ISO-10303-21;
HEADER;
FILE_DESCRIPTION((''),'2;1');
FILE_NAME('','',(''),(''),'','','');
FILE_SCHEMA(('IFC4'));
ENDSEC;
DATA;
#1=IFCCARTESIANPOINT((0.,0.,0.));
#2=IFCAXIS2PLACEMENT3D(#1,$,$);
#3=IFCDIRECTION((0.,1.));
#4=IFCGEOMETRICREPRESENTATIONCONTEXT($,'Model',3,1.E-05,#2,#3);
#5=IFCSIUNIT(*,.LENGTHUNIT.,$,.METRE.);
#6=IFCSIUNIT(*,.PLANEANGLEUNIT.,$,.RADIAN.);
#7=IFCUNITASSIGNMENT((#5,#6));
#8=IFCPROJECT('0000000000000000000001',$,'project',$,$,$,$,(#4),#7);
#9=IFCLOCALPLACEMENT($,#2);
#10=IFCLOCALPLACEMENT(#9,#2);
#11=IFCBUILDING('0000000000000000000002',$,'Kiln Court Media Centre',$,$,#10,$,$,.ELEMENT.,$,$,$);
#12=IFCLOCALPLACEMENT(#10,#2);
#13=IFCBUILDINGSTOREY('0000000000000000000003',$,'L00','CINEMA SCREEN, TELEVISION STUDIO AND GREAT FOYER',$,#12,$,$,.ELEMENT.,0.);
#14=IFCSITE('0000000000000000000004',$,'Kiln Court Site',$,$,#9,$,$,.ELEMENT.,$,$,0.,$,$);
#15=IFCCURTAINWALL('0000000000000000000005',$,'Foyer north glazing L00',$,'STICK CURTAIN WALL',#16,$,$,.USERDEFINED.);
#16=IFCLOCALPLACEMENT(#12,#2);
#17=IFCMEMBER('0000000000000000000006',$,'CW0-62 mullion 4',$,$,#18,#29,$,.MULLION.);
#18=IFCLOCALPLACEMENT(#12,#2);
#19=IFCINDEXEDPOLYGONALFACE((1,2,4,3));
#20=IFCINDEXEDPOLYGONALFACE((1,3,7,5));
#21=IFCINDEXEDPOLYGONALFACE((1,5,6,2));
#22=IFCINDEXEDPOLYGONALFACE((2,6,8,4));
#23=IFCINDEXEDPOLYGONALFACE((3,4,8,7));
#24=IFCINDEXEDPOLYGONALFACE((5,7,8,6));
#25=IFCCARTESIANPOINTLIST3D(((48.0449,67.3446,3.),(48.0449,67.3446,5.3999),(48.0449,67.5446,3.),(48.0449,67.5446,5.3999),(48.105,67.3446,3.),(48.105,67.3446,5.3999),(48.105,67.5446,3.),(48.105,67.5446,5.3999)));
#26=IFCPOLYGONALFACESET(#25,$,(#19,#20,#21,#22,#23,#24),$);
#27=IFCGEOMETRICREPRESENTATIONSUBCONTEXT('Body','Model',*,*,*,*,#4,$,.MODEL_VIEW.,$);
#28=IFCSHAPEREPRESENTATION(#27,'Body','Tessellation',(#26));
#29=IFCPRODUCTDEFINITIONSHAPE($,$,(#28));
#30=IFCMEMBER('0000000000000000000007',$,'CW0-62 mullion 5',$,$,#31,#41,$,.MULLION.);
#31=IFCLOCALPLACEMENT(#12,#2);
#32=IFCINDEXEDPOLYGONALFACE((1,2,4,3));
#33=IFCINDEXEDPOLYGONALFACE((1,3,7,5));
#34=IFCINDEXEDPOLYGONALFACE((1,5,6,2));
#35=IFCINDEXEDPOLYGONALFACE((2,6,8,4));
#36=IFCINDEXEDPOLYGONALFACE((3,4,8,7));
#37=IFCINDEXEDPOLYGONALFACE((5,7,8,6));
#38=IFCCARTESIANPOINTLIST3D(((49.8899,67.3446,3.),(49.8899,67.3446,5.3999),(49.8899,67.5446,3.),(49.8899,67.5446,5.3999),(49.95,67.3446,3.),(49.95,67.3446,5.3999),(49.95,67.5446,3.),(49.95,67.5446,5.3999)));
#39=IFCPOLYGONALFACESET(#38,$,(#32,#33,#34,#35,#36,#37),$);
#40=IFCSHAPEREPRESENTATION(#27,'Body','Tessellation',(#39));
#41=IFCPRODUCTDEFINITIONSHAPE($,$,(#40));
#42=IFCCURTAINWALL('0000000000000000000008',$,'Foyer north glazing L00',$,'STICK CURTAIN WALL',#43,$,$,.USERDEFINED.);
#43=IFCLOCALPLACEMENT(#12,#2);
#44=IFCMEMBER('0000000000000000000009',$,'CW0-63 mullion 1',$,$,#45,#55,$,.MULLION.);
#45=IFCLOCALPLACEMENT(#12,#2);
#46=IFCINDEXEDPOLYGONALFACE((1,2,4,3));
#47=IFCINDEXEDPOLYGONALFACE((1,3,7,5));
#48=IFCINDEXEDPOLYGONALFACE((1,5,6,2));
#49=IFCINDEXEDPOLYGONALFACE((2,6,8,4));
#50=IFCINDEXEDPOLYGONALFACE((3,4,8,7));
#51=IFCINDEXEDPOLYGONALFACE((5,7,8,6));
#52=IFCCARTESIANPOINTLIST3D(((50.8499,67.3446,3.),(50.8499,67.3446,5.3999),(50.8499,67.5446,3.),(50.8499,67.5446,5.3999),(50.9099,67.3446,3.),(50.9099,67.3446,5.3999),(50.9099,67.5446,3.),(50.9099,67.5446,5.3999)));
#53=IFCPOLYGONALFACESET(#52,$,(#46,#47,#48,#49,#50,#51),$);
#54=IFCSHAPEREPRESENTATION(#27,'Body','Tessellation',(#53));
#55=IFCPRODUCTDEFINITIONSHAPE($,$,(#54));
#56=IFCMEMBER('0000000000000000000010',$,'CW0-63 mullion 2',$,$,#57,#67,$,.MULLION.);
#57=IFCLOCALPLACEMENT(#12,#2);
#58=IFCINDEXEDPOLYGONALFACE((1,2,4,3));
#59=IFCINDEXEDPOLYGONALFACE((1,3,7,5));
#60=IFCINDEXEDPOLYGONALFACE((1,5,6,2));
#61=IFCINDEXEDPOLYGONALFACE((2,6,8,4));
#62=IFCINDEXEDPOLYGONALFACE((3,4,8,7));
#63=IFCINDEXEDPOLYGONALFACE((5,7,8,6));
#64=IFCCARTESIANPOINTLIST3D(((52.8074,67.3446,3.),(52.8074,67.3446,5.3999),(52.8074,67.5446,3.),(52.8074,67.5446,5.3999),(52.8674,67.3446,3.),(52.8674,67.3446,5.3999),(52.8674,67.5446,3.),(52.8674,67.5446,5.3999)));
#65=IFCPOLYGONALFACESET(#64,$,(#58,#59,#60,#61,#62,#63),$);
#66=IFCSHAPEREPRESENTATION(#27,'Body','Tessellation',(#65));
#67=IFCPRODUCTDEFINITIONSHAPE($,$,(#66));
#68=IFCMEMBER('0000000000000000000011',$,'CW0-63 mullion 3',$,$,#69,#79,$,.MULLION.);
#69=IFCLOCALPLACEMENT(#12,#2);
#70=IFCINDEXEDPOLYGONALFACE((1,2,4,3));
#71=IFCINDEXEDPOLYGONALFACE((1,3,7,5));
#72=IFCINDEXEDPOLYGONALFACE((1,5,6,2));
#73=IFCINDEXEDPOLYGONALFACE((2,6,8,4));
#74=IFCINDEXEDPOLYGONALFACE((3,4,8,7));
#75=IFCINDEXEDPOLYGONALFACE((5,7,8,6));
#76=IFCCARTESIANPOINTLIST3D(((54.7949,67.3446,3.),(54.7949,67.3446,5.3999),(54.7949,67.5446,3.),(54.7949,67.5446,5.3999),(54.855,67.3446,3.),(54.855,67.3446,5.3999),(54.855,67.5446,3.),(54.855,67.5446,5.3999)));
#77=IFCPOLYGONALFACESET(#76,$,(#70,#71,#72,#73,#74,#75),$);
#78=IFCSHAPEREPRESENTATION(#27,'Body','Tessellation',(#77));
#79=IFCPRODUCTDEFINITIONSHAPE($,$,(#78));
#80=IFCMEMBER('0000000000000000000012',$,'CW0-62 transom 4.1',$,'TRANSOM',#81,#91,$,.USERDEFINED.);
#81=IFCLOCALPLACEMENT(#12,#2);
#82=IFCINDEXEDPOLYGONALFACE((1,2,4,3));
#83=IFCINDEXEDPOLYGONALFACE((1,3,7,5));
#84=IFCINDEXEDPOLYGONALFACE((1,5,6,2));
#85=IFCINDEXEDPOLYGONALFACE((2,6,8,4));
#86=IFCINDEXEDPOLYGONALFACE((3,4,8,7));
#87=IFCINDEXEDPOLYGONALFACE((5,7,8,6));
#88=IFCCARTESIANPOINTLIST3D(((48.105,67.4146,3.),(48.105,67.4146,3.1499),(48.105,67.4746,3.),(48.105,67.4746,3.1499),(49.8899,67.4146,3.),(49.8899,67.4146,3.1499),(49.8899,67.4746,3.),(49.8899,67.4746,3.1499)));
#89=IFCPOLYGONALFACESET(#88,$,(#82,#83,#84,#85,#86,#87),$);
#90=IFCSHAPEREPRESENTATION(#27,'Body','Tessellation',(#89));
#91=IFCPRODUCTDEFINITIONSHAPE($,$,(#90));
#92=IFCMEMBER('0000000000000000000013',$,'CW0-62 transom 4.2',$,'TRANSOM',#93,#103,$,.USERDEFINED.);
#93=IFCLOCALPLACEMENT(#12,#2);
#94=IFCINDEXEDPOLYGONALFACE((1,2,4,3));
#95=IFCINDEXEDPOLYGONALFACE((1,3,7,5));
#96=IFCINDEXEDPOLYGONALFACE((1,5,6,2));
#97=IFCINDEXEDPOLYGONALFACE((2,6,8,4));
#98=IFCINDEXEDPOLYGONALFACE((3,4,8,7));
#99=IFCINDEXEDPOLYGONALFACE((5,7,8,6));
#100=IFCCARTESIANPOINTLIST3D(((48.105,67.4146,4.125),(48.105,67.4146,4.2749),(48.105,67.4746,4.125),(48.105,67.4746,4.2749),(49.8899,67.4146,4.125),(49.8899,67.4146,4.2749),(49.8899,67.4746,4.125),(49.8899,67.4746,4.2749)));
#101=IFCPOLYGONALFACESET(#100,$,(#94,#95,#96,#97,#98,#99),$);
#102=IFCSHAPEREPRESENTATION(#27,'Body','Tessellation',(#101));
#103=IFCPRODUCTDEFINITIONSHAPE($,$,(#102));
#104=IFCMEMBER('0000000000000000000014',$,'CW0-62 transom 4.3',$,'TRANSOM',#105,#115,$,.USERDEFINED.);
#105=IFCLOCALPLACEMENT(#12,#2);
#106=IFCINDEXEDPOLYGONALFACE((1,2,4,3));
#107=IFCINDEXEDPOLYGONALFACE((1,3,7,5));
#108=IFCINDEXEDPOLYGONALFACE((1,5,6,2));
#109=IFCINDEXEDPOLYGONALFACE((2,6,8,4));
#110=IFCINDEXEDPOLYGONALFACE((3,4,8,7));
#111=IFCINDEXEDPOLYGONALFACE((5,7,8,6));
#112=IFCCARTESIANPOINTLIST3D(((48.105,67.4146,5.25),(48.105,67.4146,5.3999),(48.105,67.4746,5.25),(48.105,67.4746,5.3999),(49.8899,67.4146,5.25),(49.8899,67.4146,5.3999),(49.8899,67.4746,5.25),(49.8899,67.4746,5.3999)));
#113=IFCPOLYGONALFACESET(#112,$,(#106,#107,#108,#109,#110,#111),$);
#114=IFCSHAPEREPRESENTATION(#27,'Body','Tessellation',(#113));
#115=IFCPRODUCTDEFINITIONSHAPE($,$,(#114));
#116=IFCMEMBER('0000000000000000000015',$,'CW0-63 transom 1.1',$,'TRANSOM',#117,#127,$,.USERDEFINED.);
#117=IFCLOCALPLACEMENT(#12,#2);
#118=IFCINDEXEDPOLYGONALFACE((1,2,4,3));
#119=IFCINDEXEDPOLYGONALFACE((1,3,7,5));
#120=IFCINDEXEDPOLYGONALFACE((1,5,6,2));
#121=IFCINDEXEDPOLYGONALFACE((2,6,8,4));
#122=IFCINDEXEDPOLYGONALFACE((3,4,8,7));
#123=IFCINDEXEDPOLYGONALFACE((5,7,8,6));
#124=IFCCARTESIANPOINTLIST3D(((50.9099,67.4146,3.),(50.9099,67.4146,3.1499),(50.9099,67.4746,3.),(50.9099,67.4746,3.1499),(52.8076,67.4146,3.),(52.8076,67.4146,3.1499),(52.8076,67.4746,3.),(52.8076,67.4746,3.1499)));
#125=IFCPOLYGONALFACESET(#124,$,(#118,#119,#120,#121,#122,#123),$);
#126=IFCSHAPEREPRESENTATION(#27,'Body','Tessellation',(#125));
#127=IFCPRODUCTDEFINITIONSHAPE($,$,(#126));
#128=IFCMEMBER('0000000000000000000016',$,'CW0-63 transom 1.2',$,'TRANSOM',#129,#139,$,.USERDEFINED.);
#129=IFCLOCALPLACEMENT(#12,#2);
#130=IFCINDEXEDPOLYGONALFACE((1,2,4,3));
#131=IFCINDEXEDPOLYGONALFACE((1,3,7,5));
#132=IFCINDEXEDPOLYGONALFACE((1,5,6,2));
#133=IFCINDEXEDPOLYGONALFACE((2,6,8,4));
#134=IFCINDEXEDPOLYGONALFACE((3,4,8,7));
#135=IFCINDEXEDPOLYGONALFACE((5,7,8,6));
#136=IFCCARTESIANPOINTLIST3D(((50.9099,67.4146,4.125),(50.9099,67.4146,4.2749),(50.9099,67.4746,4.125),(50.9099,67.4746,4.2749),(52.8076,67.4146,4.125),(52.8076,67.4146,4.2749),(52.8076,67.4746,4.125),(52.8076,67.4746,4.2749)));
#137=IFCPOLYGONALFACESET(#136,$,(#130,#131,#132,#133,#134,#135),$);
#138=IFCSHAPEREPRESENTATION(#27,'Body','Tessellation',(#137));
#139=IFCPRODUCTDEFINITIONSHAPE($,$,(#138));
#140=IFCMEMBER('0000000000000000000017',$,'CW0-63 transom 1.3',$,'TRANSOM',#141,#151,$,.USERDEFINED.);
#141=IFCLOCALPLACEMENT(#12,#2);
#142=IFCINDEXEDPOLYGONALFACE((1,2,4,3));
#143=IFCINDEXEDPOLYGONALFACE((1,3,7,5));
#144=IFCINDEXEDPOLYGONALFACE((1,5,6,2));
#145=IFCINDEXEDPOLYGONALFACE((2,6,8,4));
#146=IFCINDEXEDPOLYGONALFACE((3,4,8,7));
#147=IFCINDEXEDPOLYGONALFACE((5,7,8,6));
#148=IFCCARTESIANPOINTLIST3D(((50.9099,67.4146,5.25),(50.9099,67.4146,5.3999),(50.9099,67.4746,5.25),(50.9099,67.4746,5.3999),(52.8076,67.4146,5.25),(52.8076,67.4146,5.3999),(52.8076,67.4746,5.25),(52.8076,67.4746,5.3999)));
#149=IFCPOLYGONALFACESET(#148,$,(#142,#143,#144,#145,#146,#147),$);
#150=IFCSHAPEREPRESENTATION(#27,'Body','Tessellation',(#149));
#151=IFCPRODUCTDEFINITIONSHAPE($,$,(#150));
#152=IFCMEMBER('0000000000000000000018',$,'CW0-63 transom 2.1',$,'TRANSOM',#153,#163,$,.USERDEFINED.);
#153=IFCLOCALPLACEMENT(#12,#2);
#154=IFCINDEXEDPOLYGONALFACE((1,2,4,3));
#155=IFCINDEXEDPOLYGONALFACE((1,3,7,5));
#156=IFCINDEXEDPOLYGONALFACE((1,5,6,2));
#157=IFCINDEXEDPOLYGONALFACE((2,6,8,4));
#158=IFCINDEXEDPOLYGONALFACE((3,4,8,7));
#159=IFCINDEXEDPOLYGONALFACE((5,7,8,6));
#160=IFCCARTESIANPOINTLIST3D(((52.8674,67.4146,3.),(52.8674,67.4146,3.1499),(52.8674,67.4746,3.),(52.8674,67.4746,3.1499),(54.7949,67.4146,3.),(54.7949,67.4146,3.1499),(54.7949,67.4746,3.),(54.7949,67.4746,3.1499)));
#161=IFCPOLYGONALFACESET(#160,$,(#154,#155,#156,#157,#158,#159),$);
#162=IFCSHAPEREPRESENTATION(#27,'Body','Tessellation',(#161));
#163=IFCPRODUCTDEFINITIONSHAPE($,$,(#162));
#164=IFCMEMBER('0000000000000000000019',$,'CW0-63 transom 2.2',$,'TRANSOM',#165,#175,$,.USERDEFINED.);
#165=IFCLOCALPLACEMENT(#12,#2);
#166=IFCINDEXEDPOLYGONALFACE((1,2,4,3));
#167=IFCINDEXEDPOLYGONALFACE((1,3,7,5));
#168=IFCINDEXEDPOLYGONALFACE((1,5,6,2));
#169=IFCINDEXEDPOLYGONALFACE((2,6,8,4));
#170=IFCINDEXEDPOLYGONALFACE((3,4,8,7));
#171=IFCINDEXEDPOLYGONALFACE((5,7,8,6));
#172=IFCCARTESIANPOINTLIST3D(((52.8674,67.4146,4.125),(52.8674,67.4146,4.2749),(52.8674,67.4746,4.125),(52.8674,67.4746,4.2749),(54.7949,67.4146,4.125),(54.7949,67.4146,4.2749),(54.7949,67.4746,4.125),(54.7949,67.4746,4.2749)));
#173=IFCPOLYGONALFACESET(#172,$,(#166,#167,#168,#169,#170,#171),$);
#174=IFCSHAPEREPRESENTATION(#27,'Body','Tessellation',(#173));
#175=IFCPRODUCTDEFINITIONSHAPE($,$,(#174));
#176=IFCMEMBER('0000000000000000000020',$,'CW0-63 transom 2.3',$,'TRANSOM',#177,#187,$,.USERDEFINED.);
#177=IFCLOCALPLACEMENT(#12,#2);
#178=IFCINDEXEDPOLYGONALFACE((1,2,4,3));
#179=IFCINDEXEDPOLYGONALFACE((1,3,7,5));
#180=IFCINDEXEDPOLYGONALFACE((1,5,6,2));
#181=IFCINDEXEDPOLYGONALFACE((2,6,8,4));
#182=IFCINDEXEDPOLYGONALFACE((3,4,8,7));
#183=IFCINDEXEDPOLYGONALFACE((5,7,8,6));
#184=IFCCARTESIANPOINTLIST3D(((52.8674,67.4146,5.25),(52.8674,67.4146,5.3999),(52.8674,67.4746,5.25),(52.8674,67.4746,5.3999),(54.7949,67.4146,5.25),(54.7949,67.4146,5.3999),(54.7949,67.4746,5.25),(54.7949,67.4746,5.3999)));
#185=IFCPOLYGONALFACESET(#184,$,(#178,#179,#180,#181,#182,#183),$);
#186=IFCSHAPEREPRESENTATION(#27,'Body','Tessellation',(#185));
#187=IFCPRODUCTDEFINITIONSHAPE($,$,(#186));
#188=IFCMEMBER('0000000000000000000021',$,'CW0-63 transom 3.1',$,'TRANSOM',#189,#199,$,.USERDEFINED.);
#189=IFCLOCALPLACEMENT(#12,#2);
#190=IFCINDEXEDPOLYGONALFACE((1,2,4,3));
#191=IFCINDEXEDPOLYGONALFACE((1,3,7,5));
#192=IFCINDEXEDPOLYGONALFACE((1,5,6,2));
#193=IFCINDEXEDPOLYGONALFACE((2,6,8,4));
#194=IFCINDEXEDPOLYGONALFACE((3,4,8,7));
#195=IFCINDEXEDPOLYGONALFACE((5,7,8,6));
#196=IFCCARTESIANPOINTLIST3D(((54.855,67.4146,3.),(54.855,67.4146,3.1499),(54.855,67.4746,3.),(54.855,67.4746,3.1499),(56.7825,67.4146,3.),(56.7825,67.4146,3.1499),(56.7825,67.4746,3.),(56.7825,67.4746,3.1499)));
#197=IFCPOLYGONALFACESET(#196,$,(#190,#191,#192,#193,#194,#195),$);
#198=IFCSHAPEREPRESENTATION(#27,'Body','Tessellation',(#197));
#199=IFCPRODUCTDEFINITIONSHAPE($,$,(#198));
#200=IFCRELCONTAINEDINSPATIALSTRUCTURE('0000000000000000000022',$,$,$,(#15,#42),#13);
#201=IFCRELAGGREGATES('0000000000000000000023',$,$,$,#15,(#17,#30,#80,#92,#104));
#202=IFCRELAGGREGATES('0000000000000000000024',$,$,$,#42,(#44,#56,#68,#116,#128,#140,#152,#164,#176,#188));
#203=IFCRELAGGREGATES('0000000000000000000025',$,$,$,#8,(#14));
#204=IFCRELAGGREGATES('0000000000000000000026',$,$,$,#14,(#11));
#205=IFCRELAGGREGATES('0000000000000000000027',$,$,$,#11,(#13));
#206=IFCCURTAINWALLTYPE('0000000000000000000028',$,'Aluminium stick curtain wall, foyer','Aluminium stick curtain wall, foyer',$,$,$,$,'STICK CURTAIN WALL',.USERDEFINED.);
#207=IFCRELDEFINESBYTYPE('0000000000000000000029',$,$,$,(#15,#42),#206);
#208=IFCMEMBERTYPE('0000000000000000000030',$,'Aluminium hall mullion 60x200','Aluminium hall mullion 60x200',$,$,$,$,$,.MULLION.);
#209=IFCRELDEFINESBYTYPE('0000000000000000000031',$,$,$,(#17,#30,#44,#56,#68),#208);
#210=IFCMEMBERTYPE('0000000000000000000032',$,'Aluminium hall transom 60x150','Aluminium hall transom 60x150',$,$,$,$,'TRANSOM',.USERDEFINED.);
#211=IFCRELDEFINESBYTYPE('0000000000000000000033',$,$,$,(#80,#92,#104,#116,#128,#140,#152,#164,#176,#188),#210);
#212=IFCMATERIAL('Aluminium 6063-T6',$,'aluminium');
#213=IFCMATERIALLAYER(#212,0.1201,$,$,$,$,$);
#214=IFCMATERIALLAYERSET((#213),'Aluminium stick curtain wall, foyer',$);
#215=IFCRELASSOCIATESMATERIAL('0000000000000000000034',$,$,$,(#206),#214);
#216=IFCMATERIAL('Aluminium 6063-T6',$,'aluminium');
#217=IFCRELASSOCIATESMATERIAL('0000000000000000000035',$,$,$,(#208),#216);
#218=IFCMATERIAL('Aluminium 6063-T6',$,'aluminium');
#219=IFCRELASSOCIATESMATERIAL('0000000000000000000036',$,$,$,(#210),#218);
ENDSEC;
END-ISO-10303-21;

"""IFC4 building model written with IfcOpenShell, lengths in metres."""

from ifc_helpers import new_model, si_unit, direction, frame, origin, origin_2d, place, context, subcontext, project, spatial, rectangle, extrude, material, layer, layer_set, material_profile, profile_set, type_object, element, aggregate, save


model = new_model("IFC4")

# Units and contexts
model_context = context("Model", 3, precision=1e-05, world=origin(), true_north=direction((0.0, 1.0)))
body_context = subcontext(model_context, "Body", "Model", "MODEL_VIEW")
ifc_project = project(units=[si_unit("LENGTHUNIT", "METRE"), si_unit("PLANEANGLEUNIT", "RADIAN")], contexts=[model_context])

# Site, building, storey
site_placement = place(None, origin())
site = spatial("IfcSite", under=ifc_project, at=site_placement, Name="Kiln Court Site", CompositionType="ELEMENT", RefElevation=0.0)
building_placement = place(site_placement, origin())
building = spatial("IfcBuilding", under=site, at=building_placement, Name="Kiln Court Media Centre", CompositionType="ELEMENT")
storey_placement = place(building_placement, origin())
storey = spatial("IfcBuildingStorey", under=building, at=storey_placement, Name="L00", Description="CINEMA SCREEN, TELEVISION STUDIO AND GREAT FOYER", CompositionType="ELEMENT", Elevation=0.0)

# Curtain walls, members
ifc_material_1 = material(Name="Aluminium 6063-T6", Category="aluminium")
ifc_layer_1 = layer(ifc_material_1, 0.1201)
ifc_layer_set_1 = layer_set([ifc_layer_1], Name="Aluminium stick curtain wall, foyer")
curtain_wall_type = type_object("IfcCurtainWallType", Name="Aluminium stick curtain wall, foyer", Description="Aluminium stick curtain wall, foyer", ElementType="STICK CURTAIN WALL", PredefinedType="USERDEFINED", material=ifc_layer_set_1)
curtain_wall_1_placement = place(storey_placement, origin())
curtain_wall_1 = element("IfcCurtainWall", 1, at=curtain_wall_1_placement, inside=storey, type_object=curtain_wall_type, Name="Foyer north glazing L00", ObjectType="STICK CURTAIN WALL", PredefinedType="USERDEFINED")
ifc_material_2 = material(Name="Aluminium 6063-T6", Category="aluminium")
ifc_material_profile_1 = material_profile(ifc_material_2, rectangle(XDim=0.0601, YDim=0.2, at=origin_2d()), Name="Aluminium hall mullion 60x200")
ifc_profile_set_1 = profile_set([ifc_material_profile_1], Name="Aluminium 6063-T6")
member_type_1 = type_object("IfcMemberType", Name="Aluminium hall mullion 60x200", Description="Aluminium hall mullion 60x200", PredefinedType="MULLION", material=ifc_profile_set_1)
member_1_placement = place(storey_placement, frame((48.075, 67.4446, 3.0), z_axis=(0.0, 0.0, 1.0), x_axis=(1.0, 0.0, 0.0)))
member_1 = element("IfcMember", 2, at=member_1_placement, type_object=member_type_1, Name="CW0-62 mullion 4", PredefinedType="MULLION", context=body_context, shape_type="SweptSolid", body=[
    extrude(rectangle(XDim=0.0601, YDim=0.2, at=origin_2d()), origin(), (0.0, 0.0, 1.0), 2.3999),
])
member_2_placement = place(storey_placement, frame((49.9199, 67.4446, 3.0), z_axis=(0.0, 0.0, 1.0), x_axis=(1.0, 0.0, 0.0)))
member_2 = element("IfcMember", 3, at=member_2_placement, type_object=member_type_1, Name="CW0-62 mullion 5", PredefinedType="MULLION", context=body_context, shape_type="SweptSolid", body=[
    extrude(rectangle(XDim=0.0601, YDim=0.2, at=origin_2d()), origin(), (0.0, 0.0, 1.0), 2.3999),
])
curtain_wall_2_placement = place(storey_placement, origin())
curtain_wall_2 = element("IfcCurtainWall", 4, at=curtain_wall_2_placement, inside=storey, type_object=curtain_wall_type, Name="Foyer north glazing L00", ObjectType="STICK CURTAIN WALL", PredefinedType="USERDEFINED")
member_3_placement = place(storey_placement, frame((50.8799, 67.4446, 3.0), z_axis=(0.0, 0.0, 1.0), x_axis=(1.0, 0.0, 0.0)))
member_3 = element("IfcMember", 5, at=member_3_placement, type_object=member_type_1, Name="CW0-63 mullion 1", PredefinedType="MULLION", context=body_context, shape_type="SweptSolid", body=[
    extrude(rectangle(XDim=0.0601, YDim=0.2, at=origin_2d()), origin(), (0.0, 0.0, 1.0), 2.3999),
])
member_4_placement = place(storey_placement, frame((52.8374, 67.4446, 3.0), z_axis=(0.0, 0.0, 1.0), x_axis=(1.0, 0.0, 0.0)))
member_4 = element("IfcMember", 6, at=member_4_placement, type_object=member_type_1, Name="CW0-63 mullion 2", PredefinedType="MULLION", context=body_context, shape_type="SweptSolid", body=[
    extrude(rectangle(XDim=0.0601, YDim=0.2, at=origin_2d()), origin(), (0.0, 0.0, 1.0), 2.3999),
])
member_5_placement = place(storey_placement, frame((54.825, 67.4446, 3.0), z_axis=(0.0, 0.0, 1.0), x_axis=(1.0, 0.0, 0.0)))
member_5 = element("IfcMember", 7, at=member_5_placement, type_object=member_type_1, Name="CW0-63 mullion 3", PredefinedType="MULLION", context=body_context, shape_type="SweptSolid", body=[
    extrude(rectangle(XDim=0.0601, YDim=0.2, at=origin_2d()), origin(), (0.0, 0.0, 1.0), 2.3999),
])

# Members
ifc_material_3 = material(Name="Aluminium 6063-T6", Category="aluminium")
ifc_material_profile_2 = material_profile(ifc_material_3, rectangle(XDim=0.0601, YDim=0.1499, at=origin_2d()), Name="Aluminium hall transom 60x150")
ifc_profile_set_2 = profile_set([ifc_material_profile_2], Name="Aluminium 6063-T6")
member_type_2 = type_object("IfcMemberType", Name="Aluminium hall transom 60x150", Description="Aluminium hall transom 60x150", ElementType="TRANSOM", PredefinedType="USERDEFINED", material=ifc_profile_set_2)
member_6_placement = place(storey_placement, frame((48.105, 67.4446, 3.075), z_axis=(1.0, 0.0, 0.0), x_axis=(0.0, 1.0, 0.0)))
member_6 = element("IfcMember", 8, at=member_6_placement, type_object=member_type_2, Name="CW0-62 transom 4.1", ObjectType="TRANSOM", PredefinedType="USERDEFINED", context=body_context, shape_type="SweptSolid", body=[
    extrude(rectangle(XDim=0.0601, YDim=0.1499, at=origin_2d()), origin(), (0.0, 0.0, 1.0), 1.7849),
])
member_7_placement = place(storey_placement, frame((48.105, 67.4446, 4.2), z_axis=(1.0, 0.0, 0.0), x_axis=(0.0, 1.0, 0.0)))
member_7 = element("IfcMember", 9, at=member_7_placement, type_object=member_type_2, Name="CW0-62 transom 4.2", ObjectType="TRANSOM", PredefinedType="USERDEFINED", context=body_context, shape_type="SweptSolid", body=[
    extrude(rectangle(XDim=0.0601, YDim=0.1499, at=origin_2d()), origin(), (0.0, 0.0, 1.0), 1.7849),
])
member_8_placement = place(storey_placement, frame((48.105, 67.4446, 5.325), z_axis=(1.0, 0.0, 0.0), x_axis=(0.0, 1.0, 0.0)))
member_8 = element("IfcMember", 10, at=member_8_placement, type_object=member_type_2, Name="CW0-62 transom 4.3", ObjectType="TRANSOM", PredefinedType="USERDEFINED", context=body_context, shape_type="SweptSolid", body=[
    extrude(rectangle(XDim=0.0601, YDim=0.1499, at=origin_2d()), origin(), (0.0, 0.0, 1.0), 1.7849),
])
member_9_placement = place(storey_placement, frame((50.9099, 67.4446, 3.075), z_axis=(1.0, 0.0, 0.0), x_axis=(0.0, 1.0, 0.0)))
member_9 = element("IfcMember", 11, at=member_9_placement, type_object=member_type_2, Name="CW0-63 transom 1.1", ObjectType="TRANSOM", PredefinedType="USERDEFINED", context=body_context, shape_type="SweptSolid", body=[
    extrude(rectangle(XDim=0.0601, YDim=0.1499, at=origin_2d()), origin(), (0.0, 0.0, 1.0), 1.8977),
])
member_10_placement = place(storey_placement, frame((50.9099, 67.4446, 4.2), z_axis=(1.0, 0.0, 0.0), x_axis=(0.0, 1.0, 0.0)))
member_10 = element("IfcMember", 12, at=member_10_placement, type_object=member_type_2, Name="CW0-63 transom 1.2", ObjectType="TRANSOM", PredefinedType="USERDEFINED", context=body_context, shape_type="SweptSolid", body=[
    extrude(rectangle(XDim=0.0601, YDim=0.1499, at=origin_2d()), origin(), (0.0, 0.0, 1.0), 1.8977),
])
member_11_placement = place(storey_placement, frame((50.9099, 67.4446, 5.325), z_axis=(1.0, 0.0, 0.0), x_axis=(0.0, 1.0, 0.0)))
member_11 = element("IfcMember", 13, at=member_11_placement, type_object=member_type_2, Name="CW0-63 transom 1.3", ObjectType="TRANSOM", PredefinedType="USERDEFINED", context=body_context, shape_type="SweptSolid", body=[
    extrude(rectangle(XDim=0.0601, YDim=0.1499, at=origin_2d()), origin(), (0.0, 0.0, 1.0), 1.8977),
])
member_12_placement = place(storey_placement, frame((52.8674, 67.4446, 3.075), z_axis=(1.0, 0.0, 0.0), x_axis=(0.0, 1.0, 0.0)))
member_12 = element("IfcMember", 14, at=member_12_placement, type_object=member_type_2, Name="CW0-63 transom 2.1", ObjectType="TRANSOM", PredefinedType="USERDEFINED", context=body_context, shape_type="SweptSolid", body=[
    extrude(rectangle(XDim=0.0601, YDim=0.1499, at=origin_2d()), origin(), (0.0, 0.0, 1.0), 1.9275),
])
member_13_placement = place(storey_placement, frame((52.8674, 67.4446, 4.2), z_axis=(1.0, 0.0, 0.0), x_axis=(0.0, 1.0, 0.0)))
member_13 = element("IfcMember", 15, at=member_13_placement, type_object=member_type_2, Name="CW0-63 transom 2.2", ObjectType="TRANSOM", PredefinedType="USERDEFINED", context=body_context, shape_type="SweptSolid", body=[
    extrude(rectangle(XDim=0.0601, YDim=0.1499, at=origin_2d()), origin(), (0.0, 0.0, 1.0), 1.9275),
])
member_14_placement = place(storey_placement, frame((52.8674, 67.4446, 5.325), z_axis=(1.0, 0.0, 0.0), x_axis=(0.0, 1.0, 0.0)))
member_14 = element("IfcMember", 16, at=member_14_placement, type_object=member_type_2, Name="CW0-63 transom 2.3", ObjectType="TRANSOM", PredefinedType="USERDEFINED", context=body_context, shape_type="SweptSolid", body=[
    extrude(rectangle(XDim=0.0601, YDim=0.1499, at=origin_2d()), origin(), (0.0, 0.0, 1.0), 1.9275),
])
member_15_placement = place(storey_placement, frame((54.855, 67.4446, 3.075), z_axis=(1.0, 0.0, 0.0), x_axis=(0.0, 1.0, 0.0)))
member_15 = element("IfcMember", 17, at=member_15_placement, type_object=member_type_2, Name="CW0-63 transom 3.1", ObjectType="TRANSOM", PredefinedType="USERDEFINED", context=body_context, shape_type="SweptSolid", body=[
    extrude(rectangle(XDim=0.0601, YDim=0.1499, at=origin_2d()), origin(), (0.0, 0.0, 1.0), 1.9275),
])

aggregate(curtain_wall_1, [member_1, member_2, member_6, member_7, member_8])
aggregate(curtain_wall_2, [member_3, member_4, member_5, member_9, member_10, member_11, member_12, member_13, member_14, member_15])

save(model, "model.ifc")
